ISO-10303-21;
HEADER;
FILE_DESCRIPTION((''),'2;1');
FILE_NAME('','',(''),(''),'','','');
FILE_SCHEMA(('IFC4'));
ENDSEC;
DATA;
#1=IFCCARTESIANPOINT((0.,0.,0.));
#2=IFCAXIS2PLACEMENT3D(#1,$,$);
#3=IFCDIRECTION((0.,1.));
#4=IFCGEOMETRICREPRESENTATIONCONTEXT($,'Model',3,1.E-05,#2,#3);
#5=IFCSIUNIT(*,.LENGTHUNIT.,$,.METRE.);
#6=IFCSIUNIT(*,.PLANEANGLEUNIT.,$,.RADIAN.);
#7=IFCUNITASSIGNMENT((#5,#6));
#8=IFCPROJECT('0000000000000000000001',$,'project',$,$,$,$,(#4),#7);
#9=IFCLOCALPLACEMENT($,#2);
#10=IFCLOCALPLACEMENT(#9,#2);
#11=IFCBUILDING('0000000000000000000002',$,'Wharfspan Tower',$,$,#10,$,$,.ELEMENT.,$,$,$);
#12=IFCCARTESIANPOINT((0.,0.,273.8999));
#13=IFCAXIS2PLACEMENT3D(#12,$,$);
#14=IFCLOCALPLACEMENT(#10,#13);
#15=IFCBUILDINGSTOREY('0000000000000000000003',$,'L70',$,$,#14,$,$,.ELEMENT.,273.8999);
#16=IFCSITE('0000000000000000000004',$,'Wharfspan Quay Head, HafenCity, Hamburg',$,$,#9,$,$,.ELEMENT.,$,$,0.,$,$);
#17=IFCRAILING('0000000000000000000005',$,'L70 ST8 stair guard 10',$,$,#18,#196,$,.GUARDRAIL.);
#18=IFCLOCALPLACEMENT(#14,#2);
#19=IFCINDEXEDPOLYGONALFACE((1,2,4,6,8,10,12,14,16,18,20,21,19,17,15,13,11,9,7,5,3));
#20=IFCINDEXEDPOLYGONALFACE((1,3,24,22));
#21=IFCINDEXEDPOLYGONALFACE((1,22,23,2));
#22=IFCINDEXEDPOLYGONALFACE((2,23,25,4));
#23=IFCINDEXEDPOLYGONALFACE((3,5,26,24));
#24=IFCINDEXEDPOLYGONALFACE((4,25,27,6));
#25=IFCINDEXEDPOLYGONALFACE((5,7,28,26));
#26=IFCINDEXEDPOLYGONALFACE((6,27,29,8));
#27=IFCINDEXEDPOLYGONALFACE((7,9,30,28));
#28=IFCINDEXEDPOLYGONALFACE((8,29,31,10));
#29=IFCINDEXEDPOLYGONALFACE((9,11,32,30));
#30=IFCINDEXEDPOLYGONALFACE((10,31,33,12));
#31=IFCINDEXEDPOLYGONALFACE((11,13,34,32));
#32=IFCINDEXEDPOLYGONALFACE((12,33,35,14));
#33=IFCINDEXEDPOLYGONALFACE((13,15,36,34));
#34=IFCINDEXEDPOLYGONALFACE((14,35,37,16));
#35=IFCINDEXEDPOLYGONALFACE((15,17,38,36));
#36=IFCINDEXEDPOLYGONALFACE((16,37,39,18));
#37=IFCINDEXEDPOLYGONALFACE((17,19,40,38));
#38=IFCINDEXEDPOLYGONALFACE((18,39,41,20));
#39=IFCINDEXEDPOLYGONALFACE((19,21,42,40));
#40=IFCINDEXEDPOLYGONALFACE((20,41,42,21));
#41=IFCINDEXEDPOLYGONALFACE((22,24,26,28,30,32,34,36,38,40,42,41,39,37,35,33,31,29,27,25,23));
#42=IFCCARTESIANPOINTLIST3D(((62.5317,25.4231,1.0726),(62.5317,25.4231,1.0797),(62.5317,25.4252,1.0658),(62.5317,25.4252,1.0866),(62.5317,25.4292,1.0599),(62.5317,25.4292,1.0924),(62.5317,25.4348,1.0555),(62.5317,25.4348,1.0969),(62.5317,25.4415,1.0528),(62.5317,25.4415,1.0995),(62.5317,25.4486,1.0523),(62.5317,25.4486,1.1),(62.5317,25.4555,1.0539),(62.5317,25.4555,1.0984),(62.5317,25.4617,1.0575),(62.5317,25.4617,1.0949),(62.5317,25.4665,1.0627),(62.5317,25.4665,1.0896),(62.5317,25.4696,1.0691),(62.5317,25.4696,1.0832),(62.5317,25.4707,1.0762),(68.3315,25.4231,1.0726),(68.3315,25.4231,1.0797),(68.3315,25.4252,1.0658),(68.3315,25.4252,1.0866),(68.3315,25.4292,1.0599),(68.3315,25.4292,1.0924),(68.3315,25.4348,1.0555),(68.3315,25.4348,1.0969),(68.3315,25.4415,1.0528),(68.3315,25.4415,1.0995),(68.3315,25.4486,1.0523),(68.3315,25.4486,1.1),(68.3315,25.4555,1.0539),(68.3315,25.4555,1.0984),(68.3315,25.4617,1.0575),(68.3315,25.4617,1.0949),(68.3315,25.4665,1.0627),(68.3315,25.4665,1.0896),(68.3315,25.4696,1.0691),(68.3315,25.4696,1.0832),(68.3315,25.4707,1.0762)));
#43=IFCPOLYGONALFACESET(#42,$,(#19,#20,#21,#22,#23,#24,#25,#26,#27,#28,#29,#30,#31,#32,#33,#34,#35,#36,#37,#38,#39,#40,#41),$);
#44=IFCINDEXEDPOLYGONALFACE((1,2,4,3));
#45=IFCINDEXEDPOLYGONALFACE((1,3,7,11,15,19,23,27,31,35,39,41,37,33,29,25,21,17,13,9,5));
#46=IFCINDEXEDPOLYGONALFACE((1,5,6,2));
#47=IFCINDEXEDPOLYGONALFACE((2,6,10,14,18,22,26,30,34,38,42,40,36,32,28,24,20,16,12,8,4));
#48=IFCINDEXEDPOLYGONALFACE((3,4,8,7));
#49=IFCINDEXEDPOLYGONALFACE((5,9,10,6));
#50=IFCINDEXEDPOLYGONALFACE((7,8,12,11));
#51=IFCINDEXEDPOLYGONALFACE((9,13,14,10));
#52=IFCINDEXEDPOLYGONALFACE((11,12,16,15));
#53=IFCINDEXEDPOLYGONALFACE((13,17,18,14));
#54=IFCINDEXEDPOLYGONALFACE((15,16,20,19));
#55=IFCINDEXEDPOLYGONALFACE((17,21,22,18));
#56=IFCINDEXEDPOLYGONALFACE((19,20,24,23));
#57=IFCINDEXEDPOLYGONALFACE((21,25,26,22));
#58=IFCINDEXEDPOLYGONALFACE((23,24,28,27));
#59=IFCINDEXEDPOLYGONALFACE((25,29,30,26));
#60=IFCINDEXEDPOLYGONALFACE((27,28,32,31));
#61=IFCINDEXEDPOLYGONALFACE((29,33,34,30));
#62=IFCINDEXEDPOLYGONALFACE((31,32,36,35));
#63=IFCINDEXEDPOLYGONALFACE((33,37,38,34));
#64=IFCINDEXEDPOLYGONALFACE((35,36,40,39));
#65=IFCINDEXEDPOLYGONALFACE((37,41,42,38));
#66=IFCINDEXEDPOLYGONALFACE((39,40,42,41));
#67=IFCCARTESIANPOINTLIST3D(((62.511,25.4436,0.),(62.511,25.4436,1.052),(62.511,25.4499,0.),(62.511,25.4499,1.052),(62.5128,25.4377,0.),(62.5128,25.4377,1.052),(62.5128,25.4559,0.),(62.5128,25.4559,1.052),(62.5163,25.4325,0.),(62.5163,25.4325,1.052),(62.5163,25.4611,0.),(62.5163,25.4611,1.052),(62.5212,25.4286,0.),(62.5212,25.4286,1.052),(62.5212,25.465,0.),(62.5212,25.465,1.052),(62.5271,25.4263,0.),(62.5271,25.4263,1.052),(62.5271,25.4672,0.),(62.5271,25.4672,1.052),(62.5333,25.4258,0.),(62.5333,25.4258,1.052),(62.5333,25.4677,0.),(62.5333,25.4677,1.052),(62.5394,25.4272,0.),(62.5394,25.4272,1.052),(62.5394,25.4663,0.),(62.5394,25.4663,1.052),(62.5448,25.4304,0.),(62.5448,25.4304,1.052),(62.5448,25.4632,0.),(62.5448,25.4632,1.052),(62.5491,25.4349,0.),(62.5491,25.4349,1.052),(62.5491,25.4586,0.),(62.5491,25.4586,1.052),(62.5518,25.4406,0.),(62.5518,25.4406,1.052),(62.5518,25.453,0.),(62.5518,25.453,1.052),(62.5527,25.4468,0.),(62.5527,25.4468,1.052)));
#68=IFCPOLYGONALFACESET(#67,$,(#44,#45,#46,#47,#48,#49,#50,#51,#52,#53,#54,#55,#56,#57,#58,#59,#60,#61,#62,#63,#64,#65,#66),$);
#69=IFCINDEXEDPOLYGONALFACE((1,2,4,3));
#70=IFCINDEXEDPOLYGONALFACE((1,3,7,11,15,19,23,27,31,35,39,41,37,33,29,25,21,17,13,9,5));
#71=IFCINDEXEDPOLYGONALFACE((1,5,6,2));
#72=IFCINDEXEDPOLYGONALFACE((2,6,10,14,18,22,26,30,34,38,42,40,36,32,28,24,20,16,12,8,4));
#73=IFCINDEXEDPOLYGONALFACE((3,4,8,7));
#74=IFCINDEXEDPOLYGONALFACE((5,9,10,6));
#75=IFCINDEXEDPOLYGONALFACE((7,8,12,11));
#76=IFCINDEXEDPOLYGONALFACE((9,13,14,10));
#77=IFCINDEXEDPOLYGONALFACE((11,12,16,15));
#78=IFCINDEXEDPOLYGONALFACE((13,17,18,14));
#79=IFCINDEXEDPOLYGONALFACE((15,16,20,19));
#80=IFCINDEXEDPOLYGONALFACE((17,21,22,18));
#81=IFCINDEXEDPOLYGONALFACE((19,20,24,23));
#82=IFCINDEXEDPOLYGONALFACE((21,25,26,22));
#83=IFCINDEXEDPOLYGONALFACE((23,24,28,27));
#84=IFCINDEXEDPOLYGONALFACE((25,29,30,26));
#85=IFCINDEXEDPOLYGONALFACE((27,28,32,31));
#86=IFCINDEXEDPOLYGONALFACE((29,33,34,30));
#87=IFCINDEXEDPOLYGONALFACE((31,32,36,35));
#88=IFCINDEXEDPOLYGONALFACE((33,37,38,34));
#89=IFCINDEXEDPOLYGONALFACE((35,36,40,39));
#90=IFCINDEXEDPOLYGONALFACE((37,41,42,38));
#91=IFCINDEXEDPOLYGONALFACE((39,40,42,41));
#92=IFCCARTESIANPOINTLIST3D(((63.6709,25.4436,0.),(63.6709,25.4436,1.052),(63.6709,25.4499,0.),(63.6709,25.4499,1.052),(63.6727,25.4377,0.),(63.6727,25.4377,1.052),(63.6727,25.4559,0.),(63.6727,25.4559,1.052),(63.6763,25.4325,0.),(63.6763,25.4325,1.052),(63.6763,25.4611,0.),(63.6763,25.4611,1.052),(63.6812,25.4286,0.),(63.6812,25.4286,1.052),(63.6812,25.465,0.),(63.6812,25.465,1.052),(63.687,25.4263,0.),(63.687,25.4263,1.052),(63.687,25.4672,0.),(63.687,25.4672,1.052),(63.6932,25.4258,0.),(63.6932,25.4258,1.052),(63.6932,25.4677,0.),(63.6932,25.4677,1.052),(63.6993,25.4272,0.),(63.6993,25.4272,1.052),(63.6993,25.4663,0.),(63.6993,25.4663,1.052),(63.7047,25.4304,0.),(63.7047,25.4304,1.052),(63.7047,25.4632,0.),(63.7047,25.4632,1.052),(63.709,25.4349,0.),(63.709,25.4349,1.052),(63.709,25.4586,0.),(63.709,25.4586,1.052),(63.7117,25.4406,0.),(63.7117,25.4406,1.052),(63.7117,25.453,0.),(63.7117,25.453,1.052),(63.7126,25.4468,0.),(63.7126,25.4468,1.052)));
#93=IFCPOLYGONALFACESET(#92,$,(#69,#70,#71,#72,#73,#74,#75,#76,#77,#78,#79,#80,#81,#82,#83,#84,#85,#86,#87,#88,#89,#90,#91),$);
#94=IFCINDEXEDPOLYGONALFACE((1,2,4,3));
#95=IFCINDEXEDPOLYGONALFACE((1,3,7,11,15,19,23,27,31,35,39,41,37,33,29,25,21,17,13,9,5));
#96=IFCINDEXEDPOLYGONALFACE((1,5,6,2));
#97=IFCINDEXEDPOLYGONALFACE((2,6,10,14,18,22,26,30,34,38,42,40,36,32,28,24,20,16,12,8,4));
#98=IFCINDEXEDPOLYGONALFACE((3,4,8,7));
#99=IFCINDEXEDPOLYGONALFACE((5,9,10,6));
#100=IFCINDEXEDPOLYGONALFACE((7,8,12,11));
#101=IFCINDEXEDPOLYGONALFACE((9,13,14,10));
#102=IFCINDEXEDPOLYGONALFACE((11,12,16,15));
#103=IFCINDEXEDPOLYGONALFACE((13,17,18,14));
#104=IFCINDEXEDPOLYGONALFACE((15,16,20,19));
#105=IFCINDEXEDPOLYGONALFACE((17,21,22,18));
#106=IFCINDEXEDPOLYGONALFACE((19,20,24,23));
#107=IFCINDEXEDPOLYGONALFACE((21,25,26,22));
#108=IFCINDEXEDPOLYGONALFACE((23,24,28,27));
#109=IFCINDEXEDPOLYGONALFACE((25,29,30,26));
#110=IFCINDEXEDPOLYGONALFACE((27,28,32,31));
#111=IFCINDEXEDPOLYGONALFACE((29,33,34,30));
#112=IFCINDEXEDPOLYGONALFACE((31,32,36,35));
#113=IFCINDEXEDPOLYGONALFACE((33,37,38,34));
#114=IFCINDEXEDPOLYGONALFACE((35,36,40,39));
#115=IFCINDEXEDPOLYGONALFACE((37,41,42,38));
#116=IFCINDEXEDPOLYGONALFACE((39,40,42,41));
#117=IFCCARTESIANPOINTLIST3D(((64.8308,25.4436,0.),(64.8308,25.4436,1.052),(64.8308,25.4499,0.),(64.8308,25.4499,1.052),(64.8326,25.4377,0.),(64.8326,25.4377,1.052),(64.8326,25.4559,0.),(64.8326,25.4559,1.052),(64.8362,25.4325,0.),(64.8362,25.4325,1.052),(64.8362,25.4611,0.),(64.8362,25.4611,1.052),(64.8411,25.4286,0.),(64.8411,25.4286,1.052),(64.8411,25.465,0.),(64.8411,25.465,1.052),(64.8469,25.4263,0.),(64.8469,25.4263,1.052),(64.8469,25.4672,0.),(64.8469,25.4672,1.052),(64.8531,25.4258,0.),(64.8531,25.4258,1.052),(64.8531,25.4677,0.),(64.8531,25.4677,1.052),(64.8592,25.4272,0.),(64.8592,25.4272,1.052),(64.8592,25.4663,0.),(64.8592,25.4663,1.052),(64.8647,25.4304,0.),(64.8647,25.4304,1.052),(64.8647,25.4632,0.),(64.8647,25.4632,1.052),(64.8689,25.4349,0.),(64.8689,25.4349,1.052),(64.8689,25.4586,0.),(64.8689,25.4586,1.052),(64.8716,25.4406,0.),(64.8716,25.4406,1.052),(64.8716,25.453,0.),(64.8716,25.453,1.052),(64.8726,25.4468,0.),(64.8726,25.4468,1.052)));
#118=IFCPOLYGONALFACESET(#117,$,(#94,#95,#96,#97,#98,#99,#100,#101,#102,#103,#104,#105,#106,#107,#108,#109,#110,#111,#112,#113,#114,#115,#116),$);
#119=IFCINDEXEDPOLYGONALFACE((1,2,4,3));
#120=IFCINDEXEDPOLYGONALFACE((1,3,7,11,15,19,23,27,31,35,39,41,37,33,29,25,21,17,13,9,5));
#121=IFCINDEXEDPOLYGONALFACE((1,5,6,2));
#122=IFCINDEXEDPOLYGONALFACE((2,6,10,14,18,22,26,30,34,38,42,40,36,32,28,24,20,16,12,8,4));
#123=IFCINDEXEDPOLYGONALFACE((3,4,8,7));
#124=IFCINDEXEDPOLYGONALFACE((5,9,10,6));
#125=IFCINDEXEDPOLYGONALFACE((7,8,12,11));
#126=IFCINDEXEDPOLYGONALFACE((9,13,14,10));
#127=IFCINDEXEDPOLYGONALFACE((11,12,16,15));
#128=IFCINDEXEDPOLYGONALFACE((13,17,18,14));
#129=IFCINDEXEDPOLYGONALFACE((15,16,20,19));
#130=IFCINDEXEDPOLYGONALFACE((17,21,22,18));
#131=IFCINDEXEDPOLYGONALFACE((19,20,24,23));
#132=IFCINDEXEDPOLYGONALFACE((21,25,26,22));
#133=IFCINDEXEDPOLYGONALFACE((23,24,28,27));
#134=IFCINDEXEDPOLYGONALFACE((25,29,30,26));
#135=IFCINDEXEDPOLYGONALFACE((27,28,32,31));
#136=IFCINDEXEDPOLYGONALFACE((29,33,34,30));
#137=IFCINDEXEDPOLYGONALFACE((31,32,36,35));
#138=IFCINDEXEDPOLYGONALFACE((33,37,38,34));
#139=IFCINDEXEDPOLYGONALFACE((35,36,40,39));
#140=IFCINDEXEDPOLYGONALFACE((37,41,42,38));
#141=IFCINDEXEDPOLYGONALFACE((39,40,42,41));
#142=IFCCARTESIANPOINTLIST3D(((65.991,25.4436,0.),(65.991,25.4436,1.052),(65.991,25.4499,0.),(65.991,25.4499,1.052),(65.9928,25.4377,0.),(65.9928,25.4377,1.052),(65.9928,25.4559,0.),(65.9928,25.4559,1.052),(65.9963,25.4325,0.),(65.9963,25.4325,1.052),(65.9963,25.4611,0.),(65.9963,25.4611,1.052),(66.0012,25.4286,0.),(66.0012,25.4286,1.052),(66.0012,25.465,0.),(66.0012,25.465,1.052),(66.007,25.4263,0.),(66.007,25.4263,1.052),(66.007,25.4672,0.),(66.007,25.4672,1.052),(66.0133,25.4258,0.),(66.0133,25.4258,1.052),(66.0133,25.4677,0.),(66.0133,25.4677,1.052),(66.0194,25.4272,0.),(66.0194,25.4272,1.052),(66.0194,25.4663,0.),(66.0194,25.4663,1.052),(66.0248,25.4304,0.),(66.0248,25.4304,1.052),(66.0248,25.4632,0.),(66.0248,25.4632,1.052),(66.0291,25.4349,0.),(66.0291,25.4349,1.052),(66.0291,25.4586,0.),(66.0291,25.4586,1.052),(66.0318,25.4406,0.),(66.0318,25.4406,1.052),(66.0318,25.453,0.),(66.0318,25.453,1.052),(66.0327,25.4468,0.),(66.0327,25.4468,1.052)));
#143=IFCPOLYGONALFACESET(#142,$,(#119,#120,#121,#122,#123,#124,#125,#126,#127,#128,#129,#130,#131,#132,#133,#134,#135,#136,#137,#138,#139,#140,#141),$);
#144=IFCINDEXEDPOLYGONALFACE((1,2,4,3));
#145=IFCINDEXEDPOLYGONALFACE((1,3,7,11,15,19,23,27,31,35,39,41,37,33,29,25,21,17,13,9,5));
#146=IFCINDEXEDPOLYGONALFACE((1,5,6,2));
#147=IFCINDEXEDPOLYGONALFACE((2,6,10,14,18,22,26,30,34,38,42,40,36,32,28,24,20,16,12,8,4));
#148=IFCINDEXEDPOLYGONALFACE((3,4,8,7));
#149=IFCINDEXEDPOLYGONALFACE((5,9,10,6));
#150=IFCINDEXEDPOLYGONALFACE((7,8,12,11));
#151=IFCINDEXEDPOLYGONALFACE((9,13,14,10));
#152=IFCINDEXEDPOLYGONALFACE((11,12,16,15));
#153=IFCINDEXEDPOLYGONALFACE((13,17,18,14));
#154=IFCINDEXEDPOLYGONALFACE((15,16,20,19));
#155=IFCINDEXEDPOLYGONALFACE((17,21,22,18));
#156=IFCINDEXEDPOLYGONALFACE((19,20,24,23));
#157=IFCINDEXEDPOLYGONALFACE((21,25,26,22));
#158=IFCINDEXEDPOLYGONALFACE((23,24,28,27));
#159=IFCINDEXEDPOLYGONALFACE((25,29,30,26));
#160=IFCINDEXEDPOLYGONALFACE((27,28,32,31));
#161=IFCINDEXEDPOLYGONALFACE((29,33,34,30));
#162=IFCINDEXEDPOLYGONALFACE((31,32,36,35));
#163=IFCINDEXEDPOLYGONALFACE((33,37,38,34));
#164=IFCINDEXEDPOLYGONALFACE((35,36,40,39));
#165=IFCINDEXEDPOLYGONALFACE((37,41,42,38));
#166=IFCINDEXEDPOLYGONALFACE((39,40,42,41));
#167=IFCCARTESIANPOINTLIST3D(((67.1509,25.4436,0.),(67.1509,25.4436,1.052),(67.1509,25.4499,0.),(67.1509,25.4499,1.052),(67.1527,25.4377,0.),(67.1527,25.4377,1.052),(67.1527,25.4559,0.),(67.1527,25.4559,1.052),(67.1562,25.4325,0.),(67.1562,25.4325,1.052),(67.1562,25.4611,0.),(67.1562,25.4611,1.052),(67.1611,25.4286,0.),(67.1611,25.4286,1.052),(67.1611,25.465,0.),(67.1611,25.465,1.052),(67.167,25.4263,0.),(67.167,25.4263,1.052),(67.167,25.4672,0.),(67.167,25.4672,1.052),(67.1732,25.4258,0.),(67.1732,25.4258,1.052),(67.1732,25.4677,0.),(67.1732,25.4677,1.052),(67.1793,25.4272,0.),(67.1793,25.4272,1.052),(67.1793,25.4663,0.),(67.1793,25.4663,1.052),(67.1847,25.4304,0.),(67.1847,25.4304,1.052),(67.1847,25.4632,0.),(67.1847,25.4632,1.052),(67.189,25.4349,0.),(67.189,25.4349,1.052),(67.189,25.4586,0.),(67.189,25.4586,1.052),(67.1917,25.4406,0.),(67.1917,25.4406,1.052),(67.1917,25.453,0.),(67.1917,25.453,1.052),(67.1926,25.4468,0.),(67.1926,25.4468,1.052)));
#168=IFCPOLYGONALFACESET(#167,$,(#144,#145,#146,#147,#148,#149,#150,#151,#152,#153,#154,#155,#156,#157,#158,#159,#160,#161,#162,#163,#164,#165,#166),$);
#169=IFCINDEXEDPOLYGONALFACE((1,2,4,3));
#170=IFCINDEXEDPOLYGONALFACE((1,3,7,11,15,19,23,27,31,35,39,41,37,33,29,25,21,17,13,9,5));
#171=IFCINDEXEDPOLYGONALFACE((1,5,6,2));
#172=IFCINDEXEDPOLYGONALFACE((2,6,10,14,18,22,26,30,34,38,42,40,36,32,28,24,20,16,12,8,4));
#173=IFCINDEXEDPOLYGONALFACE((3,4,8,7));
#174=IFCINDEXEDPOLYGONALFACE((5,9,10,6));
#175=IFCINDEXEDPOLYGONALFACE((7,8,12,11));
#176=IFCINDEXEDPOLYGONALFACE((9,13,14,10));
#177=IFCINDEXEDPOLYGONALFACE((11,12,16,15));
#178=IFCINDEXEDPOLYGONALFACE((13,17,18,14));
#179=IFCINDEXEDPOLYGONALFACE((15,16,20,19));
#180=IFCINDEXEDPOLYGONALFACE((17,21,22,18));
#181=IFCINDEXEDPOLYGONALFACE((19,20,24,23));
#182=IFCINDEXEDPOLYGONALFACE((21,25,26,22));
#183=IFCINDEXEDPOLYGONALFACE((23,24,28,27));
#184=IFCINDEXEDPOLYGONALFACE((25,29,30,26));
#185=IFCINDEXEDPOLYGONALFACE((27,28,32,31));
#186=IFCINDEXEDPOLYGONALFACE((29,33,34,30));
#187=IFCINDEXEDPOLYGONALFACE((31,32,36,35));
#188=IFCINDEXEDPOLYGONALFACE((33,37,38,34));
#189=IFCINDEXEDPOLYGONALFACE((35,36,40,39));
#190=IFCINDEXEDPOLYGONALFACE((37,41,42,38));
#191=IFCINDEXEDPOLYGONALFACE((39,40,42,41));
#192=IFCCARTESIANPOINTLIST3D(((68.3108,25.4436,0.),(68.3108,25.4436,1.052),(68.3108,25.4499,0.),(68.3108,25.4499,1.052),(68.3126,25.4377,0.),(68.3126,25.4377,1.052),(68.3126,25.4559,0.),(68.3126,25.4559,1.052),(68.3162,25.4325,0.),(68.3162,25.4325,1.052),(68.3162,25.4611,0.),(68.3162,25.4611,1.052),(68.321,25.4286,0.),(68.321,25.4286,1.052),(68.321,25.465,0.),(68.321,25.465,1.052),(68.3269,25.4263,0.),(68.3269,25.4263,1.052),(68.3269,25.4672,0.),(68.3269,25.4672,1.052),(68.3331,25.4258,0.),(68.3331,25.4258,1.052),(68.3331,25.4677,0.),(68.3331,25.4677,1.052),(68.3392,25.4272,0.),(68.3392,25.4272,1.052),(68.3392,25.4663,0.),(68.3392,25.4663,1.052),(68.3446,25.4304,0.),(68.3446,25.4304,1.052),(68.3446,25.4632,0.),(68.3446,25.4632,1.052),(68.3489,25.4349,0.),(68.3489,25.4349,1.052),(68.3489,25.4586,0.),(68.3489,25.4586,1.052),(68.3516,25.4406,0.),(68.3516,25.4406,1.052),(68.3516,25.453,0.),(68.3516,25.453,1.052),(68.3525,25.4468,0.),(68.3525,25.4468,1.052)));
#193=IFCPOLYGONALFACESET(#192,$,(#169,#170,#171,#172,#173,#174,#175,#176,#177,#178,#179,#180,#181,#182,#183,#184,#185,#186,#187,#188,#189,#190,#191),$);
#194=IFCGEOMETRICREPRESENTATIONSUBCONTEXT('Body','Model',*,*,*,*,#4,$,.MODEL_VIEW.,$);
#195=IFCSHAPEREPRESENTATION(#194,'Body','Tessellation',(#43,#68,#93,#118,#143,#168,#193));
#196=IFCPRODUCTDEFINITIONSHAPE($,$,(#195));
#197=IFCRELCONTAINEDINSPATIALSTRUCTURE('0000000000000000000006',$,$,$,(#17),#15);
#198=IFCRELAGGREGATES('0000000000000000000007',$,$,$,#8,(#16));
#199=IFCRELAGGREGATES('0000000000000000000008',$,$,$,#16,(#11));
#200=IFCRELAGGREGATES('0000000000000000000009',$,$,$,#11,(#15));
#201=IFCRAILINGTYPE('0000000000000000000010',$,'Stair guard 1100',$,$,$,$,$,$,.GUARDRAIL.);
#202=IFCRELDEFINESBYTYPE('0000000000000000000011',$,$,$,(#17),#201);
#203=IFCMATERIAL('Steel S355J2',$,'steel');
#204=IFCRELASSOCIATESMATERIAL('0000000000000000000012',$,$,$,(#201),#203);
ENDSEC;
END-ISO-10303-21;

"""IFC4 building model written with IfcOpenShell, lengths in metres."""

from ifc_helpers import new_model, si_unit, direction, frame, origin, origin_2d, place, context, subcontext, project, spatial, circle, extrude, material, type_object, element, save


model = new_model("IFC4")

# Units and contexts
model_context = context("Model", 3, precision=1e-05, world=origin(), true_north=direction((0.0, 1.0)))
body_context = subcontext(model_context, "Body", "Model", "MODEL_VIEW")
ifc_project = project(units=[si_unit("LENGTHUNIT", "METRE"), si_unit("PLANEANGLEUNIT", "RADIAN")], contexts=[model_context])

# Site, building, storey
site_placement = place(None, origin())
site = spatial("IfcSite", under=ifc_project, at=site_placement, Name="Wharfspan Quay Head, HafenCity, Hamburg", CompositionType="ELEMENT", RefElevation=0.0)
building_placement = place(site_placement, origin())
building = spatial("IfcBuilding", under=site, at=building_placement, Name="Wharfspan Tower", CompositionType="ELEMENT")
storey_placement = place(building_placement, frame((0.0, 0.0, 273.8999)))
storey = spatial("IfcBuildingStorey", under=building, at=storey_placement, Name="L70", CompositionType="ELEMENT", Elevation=273.8999)

# Shared definitions
ifc_material_1 = material(Name="Steel S355J2", Category="steel")

# Railing
railing_type_1 = type_object("IfcRailingType", Name="Stair guard 1100", PredefinedType="GUARDRAIL", material=ifc_material_1)
for number, where, name in (
    (1, (62.5317, 25.4468, 0.0), "L70 ST8 stair guard 10"),
):
    element("IfcRailing", number, at=place(storey_placement, frame(where)), inside=storey, type_object=railing_type_1, Name=name, PredefinedType="GUARDRAIL", context=body_context, shape_type="SweptSolid", body=[
        extrude(circle(Radius=0.0239, at=origin_2d()), frame((0.0, 0.0, 1.0762), z_axis=(1.0, 0.0, 0.0), x_axis=(0.0, 1.0, 0.0)), (0.0, 0.0, 1.0), 5.7998),
        extrude(circle(Radius=0.021, at=origin_2d()), origin(), (0.0, 0.0, 1.0), 1.052),
        extrude(circle(Radius=0.021, at=origin_2d()), frame((1.1599, 0.0, 0.0)), (0.0, 0.0, 1.0), 1.052),
        extrude(circle(Radius=0.021, at=origin_2d()), frame((2.3198, 0.0, 0.0)), (0.0, 0.0, 1.0), 1.052),
        extrude(circle(Radius=0.021, at=origin_2d()), frame((3.48, 0.0, 0.0)), (0.0, 0.0, 1.0), 1.052),
        extrude(circle(Radius=0.021, at=origin_2d()), frame((4.6399, 0.0, 0.0)), (0.0, 0.0, 1.0), 1.052),
        extrude(circle(Radius=0.021, at=origin_2d()), frame((5.7998, 0.0, 0.0)), (0.0, 0.0, 1.0), 1.052),
    ])

save(model, "model.ifc")
